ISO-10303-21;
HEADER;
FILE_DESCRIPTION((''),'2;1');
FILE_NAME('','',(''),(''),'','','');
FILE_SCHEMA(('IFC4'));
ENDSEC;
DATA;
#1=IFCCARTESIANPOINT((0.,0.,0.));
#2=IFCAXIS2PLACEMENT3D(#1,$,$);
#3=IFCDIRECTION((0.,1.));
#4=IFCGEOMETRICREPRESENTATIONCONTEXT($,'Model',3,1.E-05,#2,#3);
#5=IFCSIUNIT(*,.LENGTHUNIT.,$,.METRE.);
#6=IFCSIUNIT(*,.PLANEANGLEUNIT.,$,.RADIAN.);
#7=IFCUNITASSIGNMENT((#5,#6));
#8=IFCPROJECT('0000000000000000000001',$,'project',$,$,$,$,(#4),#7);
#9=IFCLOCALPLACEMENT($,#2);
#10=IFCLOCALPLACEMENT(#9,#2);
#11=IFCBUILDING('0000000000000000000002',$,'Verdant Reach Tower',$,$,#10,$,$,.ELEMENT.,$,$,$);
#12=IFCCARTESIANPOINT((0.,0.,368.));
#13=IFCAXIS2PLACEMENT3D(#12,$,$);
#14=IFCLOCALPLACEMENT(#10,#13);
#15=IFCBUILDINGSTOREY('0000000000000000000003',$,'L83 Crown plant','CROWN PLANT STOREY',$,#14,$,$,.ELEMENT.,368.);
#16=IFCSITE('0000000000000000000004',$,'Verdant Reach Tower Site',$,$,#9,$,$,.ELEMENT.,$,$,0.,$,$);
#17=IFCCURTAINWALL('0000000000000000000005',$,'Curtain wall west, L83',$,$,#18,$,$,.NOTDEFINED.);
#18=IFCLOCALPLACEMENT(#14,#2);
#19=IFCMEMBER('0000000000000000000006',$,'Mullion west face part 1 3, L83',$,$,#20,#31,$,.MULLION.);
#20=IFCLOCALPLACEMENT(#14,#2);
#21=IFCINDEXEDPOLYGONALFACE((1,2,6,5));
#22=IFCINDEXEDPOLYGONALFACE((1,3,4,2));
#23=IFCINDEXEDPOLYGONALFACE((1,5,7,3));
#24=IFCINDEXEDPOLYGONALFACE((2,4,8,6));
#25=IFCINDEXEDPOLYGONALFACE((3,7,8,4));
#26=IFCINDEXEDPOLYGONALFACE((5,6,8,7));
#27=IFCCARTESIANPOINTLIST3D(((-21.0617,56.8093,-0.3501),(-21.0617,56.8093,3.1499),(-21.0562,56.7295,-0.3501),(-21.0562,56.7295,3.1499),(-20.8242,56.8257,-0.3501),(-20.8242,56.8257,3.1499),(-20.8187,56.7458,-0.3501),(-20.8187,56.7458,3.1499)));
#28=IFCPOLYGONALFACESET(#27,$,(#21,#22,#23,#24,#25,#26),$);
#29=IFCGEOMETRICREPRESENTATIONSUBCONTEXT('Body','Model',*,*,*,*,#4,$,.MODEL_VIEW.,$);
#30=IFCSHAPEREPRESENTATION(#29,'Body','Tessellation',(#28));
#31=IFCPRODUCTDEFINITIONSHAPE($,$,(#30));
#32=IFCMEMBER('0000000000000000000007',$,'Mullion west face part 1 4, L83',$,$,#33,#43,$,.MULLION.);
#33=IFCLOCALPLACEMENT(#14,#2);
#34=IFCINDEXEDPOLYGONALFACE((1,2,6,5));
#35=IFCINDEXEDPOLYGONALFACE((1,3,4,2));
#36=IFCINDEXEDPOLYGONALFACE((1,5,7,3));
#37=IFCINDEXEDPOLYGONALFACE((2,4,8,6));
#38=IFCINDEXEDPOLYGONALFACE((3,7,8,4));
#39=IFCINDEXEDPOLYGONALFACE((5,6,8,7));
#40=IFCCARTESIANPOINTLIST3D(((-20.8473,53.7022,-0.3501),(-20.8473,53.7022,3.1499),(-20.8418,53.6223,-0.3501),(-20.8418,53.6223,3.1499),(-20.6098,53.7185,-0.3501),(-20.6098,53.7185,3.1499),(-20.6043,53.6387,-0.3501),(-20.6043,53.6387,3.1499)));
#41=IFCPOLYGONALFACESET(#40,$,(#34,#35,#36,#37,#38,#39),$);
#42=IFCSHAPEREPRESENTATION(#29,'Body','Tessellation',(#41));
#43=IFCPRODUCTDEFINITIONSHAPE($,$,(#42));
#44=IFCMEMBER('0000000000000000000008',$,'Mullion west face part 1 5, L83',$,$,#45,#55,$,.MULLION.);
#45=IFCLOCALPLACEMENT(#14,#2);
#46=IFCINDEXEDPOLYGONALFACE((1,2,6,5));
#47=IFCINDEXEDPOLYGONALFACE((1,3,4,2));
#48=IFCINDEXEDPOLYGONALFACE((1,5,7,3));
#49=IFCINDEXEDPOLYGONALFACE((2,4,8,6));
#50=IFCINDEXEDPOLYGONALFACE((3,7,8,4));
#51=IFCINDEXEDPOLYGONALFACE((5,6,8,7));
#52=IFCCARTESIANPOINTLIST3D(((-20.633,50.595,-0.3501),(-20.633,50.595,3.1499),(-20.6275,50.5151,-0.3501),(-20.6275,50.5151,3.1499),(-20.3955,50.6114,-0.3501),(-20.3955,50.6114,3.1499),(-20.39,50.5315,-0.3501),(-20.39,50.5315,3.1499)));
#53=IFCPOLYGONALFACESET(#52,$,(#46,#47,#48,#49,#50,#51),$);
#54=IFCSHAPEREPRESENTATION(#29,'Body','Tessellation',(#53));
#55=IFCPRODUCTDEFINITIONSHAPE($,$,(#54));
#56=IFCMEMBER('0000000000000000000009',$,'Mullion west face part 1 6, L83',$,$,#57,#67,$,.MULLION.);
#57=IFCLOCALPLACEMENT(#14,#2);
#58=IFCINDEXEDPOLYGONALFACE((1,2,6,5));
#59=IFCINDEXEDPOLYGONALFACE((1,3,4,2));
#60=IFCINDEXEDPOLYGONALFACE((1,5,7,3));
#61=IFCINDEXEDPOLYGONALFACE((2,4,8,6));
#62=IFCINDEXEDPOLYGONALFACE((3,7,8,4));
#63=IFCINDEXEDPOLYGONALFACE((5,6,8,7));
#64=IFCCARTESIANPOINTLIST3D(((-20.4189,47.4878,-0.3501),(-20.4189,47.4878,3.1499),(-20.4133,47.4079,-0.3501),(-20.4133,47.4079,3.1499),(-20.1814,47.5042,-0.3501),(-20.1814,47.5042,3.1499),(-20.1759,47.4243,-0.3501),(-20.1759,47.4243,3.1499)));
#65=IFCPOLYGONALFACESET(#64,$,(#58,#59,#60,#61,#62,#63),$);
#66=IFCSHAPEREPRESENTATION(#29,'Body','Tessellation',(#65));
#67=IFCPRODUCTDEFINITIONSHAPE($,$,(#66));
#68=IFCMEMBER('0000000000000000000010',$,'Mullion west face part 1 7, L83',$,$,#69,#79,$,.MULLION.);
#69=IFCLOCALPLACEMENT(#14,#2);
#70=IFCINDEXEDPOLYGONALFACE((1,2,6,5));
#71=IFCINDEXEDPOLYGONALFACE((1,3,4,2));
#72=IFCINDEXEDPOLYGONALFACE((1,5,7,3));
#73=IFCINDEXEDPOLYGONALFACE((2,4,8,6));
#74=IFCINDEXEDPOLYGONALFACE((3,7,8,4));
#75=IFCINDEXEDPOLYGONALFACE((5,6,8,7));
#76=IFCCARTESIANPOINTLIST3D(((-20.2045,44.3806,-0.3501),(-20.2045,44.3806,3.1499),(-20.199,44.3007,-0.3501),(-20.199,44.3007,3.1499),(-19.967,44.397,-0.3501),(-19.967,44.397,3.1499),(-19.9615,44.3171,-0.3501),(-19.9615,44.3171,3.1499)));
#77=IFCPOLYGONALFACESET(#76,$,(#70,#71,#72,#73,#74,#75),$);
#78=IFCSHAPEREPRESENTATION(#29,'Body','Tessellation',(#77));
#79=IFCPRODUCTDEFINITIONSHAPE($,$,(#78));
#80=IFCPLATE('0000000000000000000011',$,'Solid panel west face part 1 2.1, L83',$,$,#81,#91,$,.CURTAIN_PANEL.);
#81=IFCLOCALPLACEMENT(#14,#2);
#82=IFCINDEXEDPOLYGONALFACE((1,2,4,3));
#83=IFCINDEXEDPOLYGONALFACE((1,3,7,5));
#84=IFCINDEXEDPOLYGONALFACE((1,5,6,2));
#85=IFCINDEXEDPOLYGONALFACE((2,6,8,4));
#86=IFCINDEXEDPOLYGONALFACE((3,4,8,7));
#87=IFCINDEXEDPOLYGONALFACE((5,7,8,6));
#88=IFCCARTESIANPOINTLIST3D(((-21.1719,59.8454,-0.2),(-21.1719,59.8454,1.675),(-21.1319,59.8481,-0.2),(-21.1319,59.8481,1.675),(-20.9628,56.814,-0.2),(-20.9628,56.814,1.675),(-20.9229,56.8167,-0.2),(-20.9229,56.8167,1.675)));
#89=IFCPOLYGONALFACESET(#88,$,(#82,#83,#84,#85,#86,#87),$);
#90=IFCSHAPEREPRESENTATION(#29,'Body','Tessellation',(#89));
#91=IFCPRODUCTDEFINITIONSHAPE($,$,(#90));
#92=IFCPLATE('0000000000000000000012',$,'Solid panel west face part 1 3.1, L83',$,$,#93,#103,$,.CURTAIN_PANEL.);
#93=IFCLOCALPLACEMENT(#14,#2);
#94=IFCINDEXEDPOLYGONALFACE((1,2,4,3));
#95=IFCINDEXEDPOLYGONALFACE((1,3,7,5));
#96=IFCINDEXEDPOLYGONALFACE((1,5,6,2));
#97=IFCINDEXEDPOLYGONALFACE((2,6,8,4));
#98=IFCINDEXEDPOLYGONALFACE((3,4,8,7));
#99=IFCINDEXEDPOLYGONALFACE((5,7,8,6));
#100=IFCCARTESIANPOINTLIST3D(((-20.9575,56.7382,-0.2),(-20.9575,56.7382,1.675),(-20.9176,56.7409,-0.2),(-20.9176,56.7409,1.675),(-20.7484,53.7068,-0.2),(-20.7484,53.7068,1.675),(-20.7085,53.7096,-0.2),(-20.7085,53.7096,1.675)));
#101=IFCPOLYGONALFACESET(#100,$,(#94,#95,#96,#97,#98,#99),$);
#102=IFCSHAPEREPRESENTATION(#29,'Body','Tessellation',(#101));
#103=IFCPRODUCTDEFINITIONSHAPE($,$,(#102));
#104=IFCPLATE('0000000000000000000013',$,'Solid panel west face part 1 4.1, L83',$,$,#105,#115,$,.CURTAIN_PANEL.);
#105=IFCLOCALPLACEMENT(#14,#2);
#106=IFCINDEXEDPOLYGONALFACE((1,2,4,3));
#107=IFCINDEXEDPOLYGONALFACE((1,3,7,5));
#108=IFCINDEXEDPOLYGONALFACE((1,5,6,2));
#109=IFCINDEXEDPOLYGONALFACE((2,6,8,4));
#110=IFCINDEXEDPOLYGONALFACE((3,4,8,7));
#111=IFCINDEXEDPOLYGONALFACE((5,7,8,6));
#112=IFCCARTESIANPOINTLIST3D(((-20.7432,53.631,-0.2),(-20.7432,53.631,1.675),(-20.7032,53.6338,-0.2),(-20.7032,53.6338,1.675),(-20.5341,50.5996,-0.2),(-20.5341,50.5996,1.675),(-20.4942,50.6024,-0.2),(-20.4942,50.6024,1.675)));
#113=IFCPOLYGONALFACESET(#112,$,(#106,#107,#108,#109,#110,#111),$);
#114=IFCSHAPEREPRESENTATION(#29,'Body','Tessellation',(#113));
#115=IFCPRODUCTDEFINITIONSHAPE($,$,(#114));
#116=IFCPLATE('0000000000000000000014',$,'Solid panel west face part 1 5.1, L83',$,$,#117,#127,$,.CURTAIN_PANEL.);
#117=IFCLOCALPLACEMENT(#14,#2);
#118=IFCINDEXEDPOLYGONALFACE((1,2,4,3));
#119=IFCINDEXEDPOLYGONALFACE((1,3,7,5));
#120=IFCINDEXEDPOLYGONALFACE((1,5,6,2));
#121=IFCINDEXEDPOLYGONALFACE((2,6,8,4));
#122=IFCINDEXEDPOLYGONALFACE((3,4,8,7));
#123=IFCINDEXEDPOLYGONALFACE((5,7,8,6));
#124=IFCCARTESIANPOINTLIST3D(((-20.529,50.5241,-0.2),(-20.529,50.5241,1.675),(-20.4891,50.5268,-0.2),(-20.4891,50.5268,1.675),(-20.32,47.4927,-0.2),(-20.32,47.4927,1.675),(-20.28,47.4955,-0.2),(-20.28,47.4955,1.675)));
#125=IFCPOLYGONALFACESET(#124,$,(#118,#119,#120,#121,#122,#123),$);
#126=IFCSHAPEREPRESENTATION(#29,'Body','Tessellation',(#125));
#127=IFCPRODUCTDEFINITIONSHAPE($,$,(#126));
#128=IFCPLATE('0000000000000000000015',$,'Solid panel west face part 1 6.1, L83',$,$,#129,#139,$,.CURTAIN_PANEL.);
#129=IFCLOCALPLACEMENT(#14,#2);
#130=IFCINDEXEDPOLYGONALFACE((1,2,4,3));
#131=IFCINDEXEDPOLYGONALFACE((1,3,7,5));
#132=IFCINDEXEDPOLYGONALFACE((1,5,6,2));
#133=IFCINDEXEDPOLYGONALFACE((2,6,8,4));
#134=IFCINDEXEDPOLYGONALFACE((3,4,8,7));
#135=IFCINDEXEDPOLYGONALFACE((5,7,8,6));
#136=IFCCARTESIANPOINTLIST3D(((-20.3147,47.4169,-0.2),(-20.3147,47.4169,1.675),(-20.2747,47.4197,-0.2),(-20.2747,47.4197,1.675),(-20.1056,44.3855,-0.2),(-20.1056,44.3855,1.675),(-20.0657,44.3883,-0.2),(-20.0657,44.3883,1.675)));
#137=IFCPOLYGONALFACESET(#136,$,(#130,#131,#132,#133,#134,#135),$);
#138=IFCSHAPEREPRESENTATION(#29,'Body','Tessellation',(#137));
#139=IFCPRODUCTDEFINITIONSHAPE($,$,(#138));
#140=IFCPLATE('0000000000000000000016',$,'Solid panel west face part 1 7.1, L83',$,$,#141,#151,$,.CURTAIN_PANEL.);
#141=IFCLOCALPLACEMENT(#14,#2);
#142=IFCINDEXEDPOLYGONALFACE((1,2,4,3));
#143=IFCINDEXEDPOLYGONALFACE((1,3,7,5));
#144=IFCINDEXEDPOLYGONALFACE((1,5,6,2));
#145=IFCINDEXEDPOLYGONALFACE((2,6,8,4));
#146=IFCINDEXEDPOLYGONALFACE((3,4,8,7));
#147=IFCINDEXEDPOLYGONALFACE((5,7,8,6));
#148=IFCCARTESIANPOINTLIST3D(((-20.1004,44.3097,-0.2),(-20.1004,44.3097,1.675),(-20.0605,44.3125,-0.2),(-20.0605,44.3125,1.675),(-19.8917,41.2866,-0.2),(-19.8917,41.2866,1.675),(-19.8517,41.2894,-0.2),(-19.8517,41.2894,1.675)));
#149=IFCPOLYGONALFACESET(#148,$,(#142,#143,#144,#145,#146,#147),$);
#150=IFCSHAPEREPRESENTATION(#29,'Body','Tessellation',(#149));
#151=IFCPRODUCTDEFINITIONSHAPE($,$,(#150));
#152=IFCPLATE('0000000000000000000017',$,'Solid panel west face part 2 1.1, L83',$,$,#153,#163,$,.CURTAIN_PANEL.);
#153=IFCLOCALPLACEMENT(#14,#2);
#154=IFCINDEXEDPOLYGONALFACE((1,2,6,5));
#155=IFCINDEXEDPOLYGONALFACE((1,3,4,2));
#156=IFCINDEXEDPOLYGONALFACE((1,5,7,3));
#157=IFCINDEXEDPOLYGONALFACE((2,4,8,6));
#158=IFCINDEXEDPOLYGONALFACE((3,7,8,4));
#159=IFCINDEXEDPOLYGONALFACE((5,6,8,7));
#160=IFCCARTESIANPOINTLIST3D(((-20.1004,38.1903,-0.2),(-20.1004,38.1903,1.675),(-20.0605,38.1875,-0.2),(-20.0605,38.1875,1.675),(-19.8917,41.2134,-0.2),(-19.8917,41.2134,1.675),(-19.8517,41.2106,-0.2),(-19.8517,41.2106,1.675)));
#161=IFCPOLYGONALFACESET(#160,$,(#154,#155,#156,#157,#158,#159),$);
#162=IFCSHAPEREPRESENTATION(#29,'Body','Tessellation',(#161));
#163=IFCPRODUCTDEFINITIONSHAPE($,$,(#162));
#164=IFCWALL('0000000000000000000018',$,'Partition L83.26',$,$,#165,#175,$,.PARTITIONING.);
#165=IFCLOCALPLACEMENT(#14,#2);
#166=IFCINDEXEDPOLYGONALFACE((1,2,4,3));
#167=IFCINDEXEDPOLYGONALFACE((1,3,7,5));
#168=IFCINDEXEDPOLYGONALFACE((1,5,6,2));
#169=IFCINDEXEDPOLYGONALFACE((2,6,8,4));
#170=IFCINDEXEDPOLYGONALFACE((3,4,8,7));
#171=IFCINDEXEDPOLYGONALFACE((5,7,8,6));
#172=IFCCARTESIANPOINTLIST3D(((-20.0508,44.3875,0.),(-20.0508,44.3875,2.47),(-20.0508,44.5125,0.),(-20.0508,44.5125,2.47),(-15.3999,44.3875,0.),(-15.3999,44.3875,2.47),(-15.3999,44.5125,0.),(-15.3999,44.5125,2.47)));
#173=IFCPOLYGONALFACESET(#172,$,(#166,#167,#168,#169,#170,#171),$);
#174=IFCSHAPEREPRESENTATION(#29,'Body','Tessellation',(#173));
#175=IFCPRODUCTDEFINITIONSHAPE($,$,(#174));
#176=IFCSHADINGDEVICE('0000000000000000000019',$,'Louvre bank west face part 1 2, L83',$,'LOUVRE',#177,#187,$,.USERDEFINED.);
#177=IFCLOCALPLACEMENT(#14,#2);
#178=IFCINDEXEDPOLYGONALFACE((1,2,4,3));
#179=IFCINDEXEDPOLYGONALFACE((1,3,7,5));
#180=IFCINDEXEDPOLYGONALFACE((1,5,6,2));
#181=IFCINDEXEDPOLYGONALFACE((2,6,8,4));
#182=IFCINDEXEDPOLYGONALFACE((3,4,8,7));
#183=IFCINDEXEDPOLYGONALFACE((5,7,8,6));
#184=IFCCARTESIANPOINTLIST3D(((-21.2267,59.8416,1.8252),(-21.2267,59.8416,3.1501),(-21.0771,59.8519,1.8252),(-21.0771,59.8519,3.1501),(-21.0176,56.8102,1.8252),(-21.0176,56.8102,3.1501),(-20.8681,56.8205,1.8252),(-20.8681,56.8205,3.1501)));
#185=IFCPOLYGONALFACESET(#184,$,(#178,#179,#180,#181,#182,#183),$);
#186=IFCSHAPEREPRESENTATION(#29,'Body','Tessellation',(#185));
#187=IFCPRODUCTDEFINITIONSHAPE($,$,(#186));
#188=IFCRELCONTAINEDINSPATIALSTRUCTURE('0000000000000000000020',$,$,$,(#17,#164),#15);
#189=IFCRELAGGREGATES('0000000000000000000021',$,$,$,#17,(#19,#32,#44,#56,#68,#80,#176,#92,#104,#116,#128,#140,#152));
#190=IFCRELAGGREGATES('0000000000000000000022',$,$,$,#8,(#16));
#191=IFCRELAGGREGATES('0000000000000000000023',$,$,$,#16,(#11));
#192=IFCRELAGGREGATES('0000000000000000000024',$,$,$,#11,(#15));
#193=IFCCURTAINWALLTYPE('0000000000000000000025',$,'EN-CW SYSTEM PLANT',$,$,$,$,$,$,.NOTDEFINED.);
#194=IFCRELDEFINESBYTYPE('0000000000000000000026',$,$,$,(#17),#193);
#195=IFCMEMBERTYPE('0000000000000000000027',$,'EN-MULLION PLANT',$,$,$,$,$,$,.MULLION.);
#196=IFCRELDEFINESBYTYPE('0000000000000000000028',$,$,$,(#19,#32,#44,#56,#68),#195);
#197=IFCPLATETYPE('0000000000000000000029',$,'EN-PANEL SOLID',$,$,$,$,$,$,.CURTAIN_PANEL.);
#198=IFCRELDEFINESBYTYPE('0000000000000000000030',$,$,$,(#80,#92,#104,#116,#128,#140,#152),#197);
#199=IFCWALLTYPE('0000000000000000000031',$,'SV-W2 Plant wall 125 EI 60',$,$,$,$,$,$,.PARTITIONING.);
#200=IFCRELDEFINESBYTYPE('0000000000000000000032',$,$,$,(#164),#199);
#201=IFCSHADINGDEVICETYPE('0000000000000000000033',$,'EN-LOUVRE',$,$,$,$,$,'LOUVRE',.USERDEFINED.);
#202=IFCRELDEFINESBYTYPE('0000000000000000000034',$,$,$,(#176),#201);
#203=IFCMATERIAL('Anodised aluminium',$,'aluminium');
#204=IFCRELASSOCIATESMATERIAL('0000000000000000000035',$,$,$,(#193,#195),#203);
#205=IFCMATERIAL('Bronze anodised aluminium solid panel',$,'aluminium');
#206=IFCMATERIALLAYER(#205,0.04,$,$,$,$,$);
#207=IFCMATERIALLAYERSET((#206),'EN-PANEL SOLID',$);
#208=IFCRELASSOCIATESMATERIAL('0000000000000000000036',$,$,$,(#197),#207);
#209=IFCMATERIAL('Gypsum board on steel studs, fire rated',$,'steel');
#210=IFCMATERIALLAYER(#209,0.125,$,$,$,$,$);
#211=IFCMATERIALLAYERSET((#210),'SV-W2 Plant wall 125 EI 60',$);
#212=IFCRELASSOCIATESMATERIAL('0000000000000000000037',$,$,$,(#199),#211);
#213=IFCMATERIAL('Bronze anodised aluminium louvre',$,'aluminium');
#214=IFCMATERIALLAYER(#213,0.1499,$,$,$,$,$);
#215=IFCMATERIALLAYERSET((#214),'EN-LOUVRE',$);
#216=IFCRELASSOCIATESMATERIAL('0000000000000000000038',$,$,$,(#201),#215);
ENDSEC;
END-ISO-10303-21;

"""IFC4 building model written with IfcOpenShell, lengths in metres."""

from ifc_helpers import new_model, si_unit, direction, frame, frame_2d, origin, origin_2d, place, context, subcontext, project, spatial, rectangle, extrude, material, layer, layer_set, material_profile, profile_set, type_object, element, aggregate, save


model = new_model("IFC4")

# Units and contexts
model_context = context("Model", 3, precision=1e-05, world=origin(), true_north=direction((0.0, 1.0)))
body_context = subcontext(model_context, "Body", "Model", "MODEL_VIEW")
ifc_project = project(units=[si_unit("LENGTHUNIT", "METRE"), si_unit("PLANEANGLEUNIT", "RADIAN")], contexts=[model_context])

# Site, building, storey
site_placement = place(None, origin())
site = spatial("IfcSite", under=ifc_project, at=site_placement, Name="Verdant Reach Tower Site", CompositionType="ELEMENT", RefElevation=0.0)
building_placement = place(site_placement, origin())
building = spatial("IfcBuilding", under=site, at=building_placement, Name="Verdant Reach Tower", CompositionType="ELEMENT")
storey_placement = place(building_placement, frame((0.0, 0.0, 368.0)))
storey = spatial("IfcBuildingStorey", under=building, at=storey_placement, Name="L83 Crown plant", Description="CROWN PLANT STOREY", CompositionType="ELEMENT", Elevation=368.0)

# Curtain wall, members, plates
ifc_material_1 = material(Name="Anodised aluminium", Category="aluminium")
curtain_wall_type = type_object("IfcCurtainWallType", Name="EN-CW SYSTEM PLANT", PredefinedType="NOTDEFINED", material=ifc_material_1)
curtain_wall_placement = place(storey_placement, origin())
curtain_wall = element("IfcCurtainWall", 1, at=curtain_wall_placement, inside=storey, type_object=curtain_wall_type, Name="Curtain wall west, L83", PredefinedType="NOTDEFINED")
ifc_material_profile = material_profile(ifc_material_1, rectangle(XDim=0.238, YDim=0.0801, at=origin_2d()), Name="Mullion 80x240")
ifc_profile_set = profile_set([ifc_material_profile], Name="Anodised aluminium")
member_type = type_object("IfcMemberType", Name="EN-MULLION PLANT", PredefinedType="MULLION", material=ifc_profile_set)
member_1_placement = place(storey_placement, frame((-20.9402, 56.7776, -0.3501), z_axis=(0.0, 0.0, 1.0), x_axis=(-0.99763, -0.068802, 0.0)))
member_1 = element("IfcMember", 2, at=member_1_placement, type_object=member_type, Name="Mullion west face part 1 3, L83", PredefinedType="MULLION", context=body_context, shape_type="SweptSolid", body=[
    extrude(rectangle(XDim=0.238, YDim=0.0801, at=origin_2d()), origin(), (0.0, 0.0, 1.0), 3.5),
])
member_2_placement = place(storey_placement, frame((-20.7258, 53.6704, -0.3501), z_axis=(0.0, 0.0, 1.0), x_axis=(-0.99763, -0.068802, 0.0)))
member_2 = element("IfcMember", 3, at=member_2_placement, type_object=member_type, Name="Mullion west face part 1 4, L83", PredefinedType="MULLION", context=body_context, shape_type="SweptSolid", body=[
    extrude(rectangle(XDim=0.238, YDim=0.0801, at=origin_2d()), origin(), (0.0, 0.0, 1.0), 3.5),
])
member_3_placement = place(storey_placement, frame((-20.5115, 50.5632, -0.3501), z_axis=(0.0, 0.0, 1.0), x_axis=(-0.99763, -0.068802, 0.0)))
member_3 = element("IfcMember", 4, at=member_3_placement, type_object=member_type, Name="Mullion west face part 1 5, L83", PredefinedType="MULLION", context=body_context, shape_type="SweptSolid", body=[
    extrude(rectangle(XDim=0.238, YDim=0.0801, at=origin_2d()), origin(), (0.0, 0.0, 1.0), 3.5),
])
member_4_placement = place(storey_placement, frame((-20.2974, 47.4561, -0.3501), z_axis=(0.0, 0.0, 1.0), x_axis=(-0.99763, -0.068802, 0.0)))
member_4 = element("IfcMember", 5, at=member_4_placement, type_object=member_type, Name="Mullion west face part 1 6, L83", PredefinedType="MULLION", context=body_context, shape_type="SweptSolid", body=[
    extrude(rectangle(XDim=0.238, YDim=0.0801, at=origin_2d()), origin(), (0.0, 0.0, 1.0), 3.5),
])
member_5_placement = place(storey_placement, frame((-20.083, 44.3489, -0.3501), z_axis=(0.0, 0.0, 1.0), x_axis=(-0.99763, -0.068802, 0.0)))
member_5 = element("IfcMember", 6, at=member_5_placement, type_object=member_type, Name="Mullion west face part 1 7, L83", PredefinedType="MULLION", context=body_context, shape_type="SweptSolid", body=[
    extrude(rectangle(XDim=0.238, YDim=0.0801, at=origin_2d()), origin(), (0.0, 0.0, 1.0), 3.5),
])
ifc_material_2 = material(Name="Bronze anodised aluminium solid panel", Category="aluminium")
ifc_layer_1 = layer(ifc_material_2, 0.04)
ifc_layer_set_1 = layer_set([ifc_layer_1], Name="EN-PANEL SOLID")
plate_type = type_object("IfcPlateType", Name="EN-PANEL SOLID", PredefinedType="CURTAIN_PANEL", material=ifc_layer_set_1)
plate_1_placement = place(storey_placement, frame((-21.0474, 58.3311, -0.2), z_axis=(0.0, 0.0, 1.0), x_axis=(0.068802, -0.99763, 0.0)))
plate_1 = element("IfcPlate", 7, at=plate_1_placement, type_object=plate_type, Name="Solid panel west face part 1 2.1, L83", PredefinedType="CURTAIN_PANEL", context=body_context, shape_type="SweptSolid", body=[
    extrude(rectangle(XDim=3.0386, YDim=0.04, at=origin_2d()), origin(), (0.0, 0.0, 1.0), 1.875),
])
plate_2_placement = place(storey_placement, frame((-20.833, 55.2239, -0.2), z_axis=(0.0, 0.0, 1.0), x_axis=(0.068802, -0.99763, 0.0)))
plate_2 = element("IfcPlate", 8, at=plate_2_placement, type_object=plate_type, Name="Solid panel west face part 1 3.1, L83", PredefinedType="CURTAIN_PANEL", context=body_context, shape_type="SweptSolid", body=[
    extrude(rectangle(XDim=3.0386, YDim=0.04, at=origin_2d()), origin(), (0.0, 0.0, 1.0), 1.875),
])
plate_3_placement = place(storey_placement, frame((-20.6187, 52.1167, -0.2), z_axis=(0.0, 0.0, 1.0), x_axis=(0.068802, -0.99763, 0.0)))
plate_3 = element("IfcPlate", 9, at=plate_3_placement, type_object=plate_type, Name="Solid panel west face part 1 4.1, L83", PredefinedType="CURTAIN_PANEL", context=body_context, shape_type="SweptSolid", body=[
    extrude(rectangle(XDim=3.0386, YDim=0.04, at=origin_2d()), origin(), (0.0, 0.0, 1.0), 1.875),
])
plate_4_placement = place(storey_placement, frame((-20.4045, 49.0098, -0.2), z_axis=(0.0, 0.0, 1.0), x_axis=(0.068802, -0.99763, 0.0)))
plate_4 = element("IfcPlate", 10, at=plate_4_placement, type_object=plate_type, Name="Solid panel west face part 1 5.1, L83", PredefinedType="CURTAIN_PANEL", context=body_context, shape_type="SweptSolid", body=[
    extrude(rectangle(XDim=3.0386, YDim=0.04, at=origin_2d()), origin(), (0.0, 0.0, 1.0), 1.875),
])
plate_5_placement = place(storey_placement, frame((-20.1902, 45.9026, -0.2), z_axis=(0.0, 0.0, 1.0), x_axis=(0.068802, -0.99763, 0.0)))
plate_5 = element("IfcPlate", 11, at=plate_5_placement, type_object=plate_type, Name="Solid panel west face part 1 6.1, L83", PredefinedType="CURTAIN_PANEL", context=body_context, shape_type="SweptSolid", body=[
    extrude(rectangle(XDim=3.0386, YDim=0.04, at=origin_2d()), origin(), (0.0, 0.0, 1.0), 1.875),
])
plate_6_placement = place(storey_placement, frame((-19.9761, 42.7996, -0.2), z_axis=(0.0, 0.0, 1.0), x_axis=(0.068893, -0.997624, 0.0)))
plate_6 = element("IfcPlate", 12, at=plate_6_placement, type_object=plate_type, Name="Solid panel west face part 1 7.1, L83", PredefinedType="CURTAIN_PANEL", context=body_context, shape_type="SweptSolid", body=[
    extrude(rectangle(XDim=3.0303, YDim=0.04, at=origin_2d()), origin(), (0.0, 0.0, 1.0), 1.875),
])
plate_7_placement = place(storey_placement, frame((-19.9761, 39.7004, -0.2), z_axis=(0.0, 0.0, 1.0), x_axis=(-0.068893, -0.997624, 0.0)))
plate_7 = element("IfcPlate", 13, at=plate_7_placement, type_object=plate_type, Name="Solid panel west face part 2 1.1, L83", PredefinedType="CURTAIN_PANEL", context=body_context, shape_type="SweptSolid", body=[
    extrude(rectangle(XDim=3.0303, YDim=0.04, at=origin_2d()), origin(), (0.0, 0.0, 1.0), 1.875),
])

# Wall
ifc_material_3 = material(Name="Gypsum board on steel studs, fire rated", Category="steel")
ifc_layer_2 = layer(ifc_material_3, 0.125)
ifc_layer_set_2 = layer_set([ifc_layer_2], Name="SV-W2 Plant wall 125 EI 60")
wall_type = type_object("IfcWallType", Name="SV-W2 Plant wall 125 EI 60", PredefinedType="PARTITIONING", material=ifc_layer_set_2)
wall_placement = place(storey_placement, frame((-20.0508, 44.45, 0.0), z_axis=(0.0, 0.0, 1.0), x_axis=(1.0, 0.0, 0.0)))
element("IfcWall", 14, at=wall_placement, inside=storey, type_object=wall_type, Name="Partition L83.26", PredefinedType="PARTITIONING", context=body_context, shape_type="SweptSolid", body=[
    extrude(rectangle(XDim=4.6509, YDim=0.125, at=frame_2d((2.3254, 0.0))), origin(), (0.0, 0.0, 1.0), 2.47),
])

# Shading device
ifc_material_4 = material(Name="Bronze anodised aluminium louvre", Category="aluminium")
ifc_layer_3 = layer(ifc_material_4, 0.1499)
ifc_layer_set_3 = layer_set([ifc_layer_3], Name="EN-LOUVRE")
shading_device_type = type_object("IfcShadingDeviceType", Name="EN-LOUVRE", ElementType="LOUVRE", PredefinedType="USERDEFINED", material=ifc_layer_set_3)
shading_device_1_placement = place(storey_placement, frame((-21.0474, 58.3311, 1.8252), z_axis=(0.0, 0.0, 1.0), x_axis=(0.068802, -0.99763, 0.0)))
shading_device_1 = element("IfcShadingDevice", 15, at=shading_device_1_placement, type_object=shading_device_type, Name="Louvre bank west face part 1 2, L83", ObjectType="LOUVRE", PredefinedType="USERDEFINED", context=body_context, shape_type="SweptSolid", body=[
    extrude(rectangle(XDim=3.0386, YDim=0.1499, at=origin_2d()), origin(), (0.0, 0.0, 1.0), 1.325),
])
aggregate(curtain_wall, [member_1, member_2, member_3, member_4, member_5, plate_1, shading_device_1, plate_2, plate_3, plate_4, plate_5, plate_6, plate_7])

save(model, "model.ifc")
